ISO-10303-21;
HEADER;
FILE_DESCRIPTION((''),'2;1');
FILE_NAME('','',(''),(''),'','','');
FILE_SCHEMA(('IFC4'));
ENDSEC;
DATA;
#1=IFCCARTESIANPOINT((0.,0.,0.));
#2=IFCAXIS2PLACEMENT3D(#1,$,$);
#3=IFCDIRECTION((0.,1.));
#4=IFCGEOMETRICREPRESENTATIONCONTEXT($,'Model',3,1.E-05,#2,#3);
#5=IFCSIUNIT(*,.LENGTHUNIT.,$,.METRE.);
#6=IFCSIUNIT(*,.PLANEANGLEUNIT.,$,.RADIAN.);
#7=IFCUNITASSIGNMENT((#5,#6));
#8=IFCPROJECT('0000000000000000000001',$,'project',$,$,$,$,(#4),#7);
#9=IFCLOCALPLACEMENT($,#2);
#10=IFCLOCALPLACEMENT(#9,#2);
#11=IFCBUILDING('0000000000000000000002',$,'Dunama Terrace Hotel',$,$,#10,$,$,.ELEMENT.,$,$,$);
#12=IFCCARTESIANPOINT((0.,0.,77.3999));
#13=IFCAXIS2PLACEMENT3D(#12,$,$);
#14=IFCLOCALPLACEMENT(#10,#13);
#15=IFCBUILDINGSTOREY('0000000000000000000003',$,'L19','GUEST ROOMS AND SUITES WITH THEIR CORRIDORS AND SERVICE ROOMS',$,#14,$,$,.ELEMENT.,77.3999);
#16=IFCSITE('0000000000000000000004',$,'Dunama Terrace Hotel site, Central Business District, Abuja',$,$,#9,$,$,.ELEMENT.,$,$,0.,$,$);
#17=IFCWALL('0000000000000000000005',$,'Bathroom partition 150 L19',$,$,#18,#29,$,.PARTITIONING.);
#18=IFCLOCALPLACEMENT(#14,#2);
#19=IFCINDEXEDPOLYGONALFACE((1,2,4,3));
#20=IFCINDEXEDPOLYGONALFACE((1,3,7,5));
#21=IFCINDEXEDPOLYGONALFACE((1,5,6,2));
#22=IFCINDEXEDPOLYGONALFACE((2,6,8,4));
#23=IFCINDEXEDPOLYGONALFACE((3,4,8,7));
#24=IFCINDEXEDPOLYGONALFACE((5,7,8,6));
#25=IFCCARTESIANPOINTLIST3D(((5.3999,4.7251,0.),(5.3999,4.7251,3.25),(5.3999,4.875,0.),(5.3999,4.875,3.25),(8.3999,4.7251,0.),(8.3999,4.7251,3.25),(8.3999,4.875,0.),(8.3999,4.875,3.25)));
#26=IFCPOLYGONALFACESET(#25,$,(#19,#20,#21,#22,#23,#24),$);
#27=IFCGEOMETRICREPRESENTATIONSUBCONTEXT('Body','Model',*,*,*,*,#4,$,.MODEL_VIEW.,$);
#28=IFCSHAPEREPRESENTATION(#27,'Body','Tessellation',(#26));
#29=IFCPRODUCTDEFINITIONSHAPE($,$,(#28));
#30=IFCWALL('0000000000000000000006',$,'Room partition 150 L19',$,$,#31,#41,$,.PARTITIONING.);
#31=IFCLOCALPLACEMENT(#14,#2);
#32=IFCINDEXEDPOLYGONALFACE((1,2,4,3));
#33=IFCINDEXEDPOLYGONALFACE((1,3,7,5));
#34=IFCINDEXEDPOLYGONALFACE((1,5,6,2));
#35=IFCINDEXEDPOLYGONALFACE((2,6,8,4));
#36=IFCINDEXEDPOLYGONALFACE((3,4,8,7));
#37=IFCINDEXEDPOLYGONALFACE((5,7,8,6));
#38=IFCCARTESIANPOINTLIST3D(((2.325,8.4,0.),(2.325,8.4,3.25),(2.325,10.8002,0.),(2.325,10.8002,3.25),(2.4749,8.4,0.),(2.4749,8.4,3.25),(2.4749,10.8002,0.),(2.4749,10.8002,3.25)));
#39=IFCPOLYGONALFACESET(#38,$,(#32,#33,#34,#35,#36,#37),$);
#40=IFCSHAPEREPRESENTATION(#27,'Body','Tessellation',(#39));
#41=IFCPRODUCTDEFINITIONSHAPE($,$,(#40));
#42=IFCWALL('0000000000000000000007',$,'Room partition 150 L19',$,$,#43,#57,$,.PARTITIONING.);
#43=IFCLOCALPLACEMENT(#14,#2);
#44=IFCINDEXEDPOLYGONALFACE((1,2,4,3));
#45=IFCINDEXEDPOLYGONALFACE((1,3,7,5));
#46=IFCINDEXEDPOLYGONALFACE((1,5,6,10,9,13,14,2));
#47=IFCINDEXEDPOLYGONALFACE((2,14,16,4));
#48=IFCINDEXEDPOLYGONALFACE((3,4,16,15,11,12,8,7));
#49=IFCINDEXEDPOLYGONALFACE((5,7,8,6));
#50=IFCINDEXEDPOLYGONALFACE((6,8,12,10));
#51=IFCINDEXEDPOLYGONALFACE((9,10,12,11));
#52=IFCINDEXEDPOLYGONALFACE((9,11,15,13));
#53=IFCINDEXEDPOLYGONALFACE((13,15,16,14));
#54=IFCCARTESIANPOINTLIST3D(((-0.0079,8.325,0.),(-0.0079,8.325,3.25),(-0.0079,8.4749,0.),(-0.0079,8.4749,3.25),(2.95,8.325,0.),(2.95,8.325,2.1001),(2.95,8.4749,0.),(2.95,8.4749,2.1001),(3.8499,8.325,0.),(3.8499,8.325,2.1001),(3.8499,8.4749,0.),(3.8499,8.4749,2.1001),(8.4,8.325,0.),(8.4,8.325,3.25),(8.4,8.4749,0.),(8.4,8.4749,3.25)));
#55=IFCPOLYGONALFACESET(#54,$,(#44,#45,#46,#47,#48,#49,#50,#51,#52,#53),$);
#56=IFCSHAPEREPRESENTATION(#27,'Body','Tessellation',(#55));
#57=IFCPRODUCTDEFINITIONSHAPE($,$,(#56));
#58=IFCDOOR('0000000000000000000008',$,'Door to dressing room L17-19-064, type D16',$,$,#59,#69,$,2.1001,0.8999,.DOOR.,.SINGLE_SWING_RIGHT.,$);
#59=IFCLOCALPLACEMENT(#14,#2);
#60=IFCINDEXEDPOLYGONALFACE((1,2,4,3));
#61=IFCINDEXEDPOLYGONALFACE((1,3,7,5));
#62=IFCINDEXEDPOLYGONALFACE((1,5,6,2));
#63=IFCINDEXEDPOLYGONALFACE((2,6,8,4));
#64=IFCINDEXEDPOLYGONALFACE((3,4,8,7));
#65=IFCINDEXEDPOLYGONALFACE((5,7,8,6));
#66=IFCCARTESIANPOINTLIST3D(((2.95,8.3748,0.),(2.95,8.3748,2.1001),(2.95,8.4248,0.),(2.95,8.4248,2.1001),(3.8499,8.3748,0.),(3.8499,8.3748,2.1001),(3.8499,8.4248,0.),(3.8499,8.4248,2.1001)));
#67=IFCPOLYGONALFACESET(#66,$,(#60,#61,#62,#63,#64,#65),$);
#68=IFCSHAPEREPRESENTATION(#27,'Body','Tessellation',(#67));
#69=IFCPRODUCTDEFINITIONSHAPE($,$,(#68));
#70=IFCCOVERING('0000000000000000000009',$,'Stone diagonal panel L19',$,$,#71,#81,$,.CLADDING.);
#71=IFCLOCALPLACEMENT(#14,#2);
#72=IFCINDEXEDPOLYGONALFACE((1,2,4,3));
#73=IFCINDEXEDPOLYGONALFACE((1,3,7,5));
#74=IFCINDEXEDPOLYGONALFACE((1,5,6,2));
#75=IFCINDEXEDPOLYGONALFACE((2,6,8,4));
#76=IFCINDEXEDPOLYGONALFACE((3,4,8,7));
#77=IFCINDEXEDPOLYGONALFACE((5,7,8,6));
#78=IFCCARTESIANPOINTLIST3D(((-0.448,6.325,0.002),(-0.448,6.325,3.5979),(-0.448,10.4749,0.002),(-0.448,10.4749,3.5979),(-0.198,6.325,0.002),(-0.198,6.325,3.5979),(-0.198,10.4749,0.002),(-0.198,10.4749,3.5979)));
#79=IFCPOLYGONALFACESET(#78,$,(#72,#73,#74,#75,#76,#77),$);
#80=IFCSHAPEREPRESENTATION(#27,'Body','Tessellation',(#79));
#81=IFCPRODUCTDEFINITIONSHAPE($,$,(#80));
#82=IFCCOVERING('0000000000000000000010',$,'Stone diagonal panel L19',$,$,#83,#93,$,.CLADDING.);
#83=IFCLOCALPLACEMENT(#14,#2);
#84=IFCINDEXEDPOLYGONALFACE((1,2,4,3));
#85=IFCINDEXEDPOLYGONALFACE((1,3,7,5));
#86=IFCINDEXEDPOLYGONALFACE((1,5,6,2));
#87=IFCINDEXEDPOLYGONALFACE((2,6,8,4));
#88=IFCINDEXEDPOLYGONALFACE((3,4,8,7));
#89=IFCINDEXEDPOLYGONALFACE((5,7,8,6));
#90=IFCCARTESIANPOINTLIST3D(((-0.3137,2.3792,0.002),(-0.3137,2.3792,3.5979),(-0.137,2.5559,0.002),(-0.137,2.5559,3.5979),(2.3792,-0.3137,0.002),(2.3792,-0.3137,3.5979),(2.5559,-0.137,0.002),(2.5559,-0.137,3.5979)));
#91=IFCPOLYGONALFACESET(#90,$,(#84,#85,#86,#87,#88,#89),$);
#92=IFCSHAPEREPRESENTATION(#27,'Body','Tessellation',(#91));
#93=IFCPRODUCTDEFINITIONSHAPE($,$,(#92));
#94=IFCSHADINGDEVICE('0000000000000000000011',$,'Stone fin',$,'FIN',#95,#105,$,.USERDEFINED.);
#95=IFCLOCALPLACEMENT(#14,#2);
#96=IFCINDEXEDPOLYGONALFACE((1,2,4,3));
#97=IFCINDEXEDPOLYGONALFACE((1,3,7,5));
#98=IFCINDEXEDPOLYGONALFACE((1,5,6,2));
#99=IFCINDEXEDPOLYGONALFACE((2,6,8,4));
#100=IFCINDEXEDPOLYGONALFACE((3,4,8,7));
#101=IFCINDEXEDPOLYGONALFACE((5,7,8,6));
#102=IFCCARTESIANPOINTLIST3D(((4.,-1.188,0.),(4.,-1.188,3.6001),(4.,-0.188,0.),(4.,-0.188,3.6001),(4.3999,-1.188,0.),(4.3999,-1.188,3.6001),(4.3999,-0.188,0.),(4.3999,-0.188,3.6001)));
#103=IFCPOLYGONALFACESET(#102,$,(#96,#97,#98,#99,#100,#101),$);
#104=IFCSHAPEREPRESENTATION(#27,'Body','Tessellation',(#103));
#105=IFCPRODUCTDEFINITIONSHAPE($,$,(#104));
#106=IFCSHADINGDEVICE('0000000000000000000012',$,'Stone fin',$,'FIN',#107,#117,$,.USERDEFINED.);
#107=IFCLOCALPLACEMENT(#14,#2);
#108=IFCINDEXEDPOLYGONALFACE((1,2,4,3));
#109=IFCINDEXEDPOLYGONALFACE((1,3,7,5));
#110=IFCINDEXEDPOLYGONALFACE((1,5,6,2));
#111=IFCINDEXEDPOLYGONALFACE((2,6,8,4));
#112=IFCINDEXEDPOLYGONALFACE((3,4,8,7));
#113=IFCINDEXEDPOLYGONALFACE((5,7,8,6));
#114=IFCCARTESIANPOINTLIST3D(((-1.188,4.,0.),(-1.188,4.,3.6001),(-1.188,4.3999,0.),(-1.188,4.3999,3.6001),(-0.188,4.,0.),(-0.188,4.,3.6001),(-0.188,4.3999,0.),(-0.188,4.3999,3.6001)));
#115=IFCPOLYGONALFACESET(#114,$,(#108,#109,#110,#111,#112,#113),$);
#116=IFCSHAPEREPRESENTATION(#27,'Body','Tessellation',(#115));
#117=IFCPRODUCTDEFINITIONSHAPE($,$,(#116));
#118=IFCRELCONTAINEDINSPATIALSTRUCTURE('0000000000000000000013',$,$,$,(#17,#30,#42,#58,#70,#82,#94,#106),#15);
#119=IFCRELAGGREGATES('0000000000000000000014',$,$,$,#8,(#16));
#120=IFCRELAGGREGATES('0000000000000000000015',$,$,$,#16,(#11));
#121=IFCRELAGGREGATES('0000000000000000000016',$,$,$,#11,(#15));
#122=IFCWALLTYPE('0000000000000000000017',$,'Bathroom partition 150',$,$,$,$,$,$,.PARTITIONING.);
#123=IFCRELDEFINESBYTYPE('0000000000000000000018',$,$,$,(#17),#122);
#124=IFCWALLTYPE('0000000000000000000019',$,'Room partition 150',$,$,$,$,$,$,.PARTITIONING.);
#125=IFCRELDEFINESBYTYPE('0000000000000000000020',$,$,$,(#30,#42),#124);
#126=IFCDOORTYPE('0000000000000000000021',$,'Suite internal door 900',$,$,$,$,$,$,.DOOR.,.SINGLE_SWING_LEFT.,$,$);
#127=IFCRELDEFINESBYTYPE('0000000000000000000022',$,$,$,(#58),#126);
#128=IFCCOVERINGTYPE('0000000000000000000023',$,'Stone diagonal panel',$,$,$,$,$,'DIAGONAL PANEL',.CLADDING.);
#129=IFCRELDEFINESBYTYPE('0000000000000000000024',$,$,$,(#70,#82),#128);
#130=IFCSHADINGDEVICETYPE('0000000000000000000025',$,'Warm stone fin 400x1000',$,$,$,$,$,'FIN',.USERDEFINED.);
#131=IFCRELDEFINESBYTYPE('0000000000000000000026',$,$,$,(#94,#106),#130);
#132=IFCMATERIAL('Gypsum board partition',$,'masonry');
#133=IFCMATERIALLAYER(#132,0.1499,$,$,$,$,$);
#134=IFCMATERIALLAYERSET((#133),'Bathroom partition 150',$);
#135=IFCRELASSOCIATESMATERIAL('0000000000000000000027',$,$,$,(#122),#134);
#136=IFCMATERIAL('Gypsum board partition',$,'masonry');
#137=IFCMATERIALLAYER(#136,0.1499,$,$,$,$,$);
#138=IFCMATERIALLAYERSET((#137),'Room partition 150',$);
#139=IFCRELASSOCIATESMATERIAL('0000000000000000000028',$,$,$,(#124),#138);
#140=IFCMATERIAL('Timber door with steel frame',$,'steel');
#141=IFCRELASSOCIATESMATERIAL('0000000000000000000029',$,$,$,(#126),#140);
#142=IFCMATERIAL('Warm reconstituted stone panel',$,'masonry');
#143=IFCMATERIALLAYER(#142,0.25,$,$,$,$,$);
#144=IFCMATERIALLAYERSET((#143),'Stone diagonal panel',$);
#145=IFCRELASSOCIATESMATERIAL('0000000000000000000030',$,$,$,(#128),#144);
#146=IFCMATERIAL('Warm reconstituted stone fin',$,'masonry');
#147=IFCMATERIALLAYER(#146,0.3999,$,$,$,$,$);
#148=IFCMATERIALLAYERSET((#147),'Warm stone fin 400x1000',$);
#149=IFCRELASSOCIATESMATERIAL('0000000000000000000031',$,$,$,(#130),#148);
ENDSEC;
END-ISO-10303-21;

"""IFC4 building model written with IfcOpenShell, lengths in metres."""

from ifc_helpers import new_model, si_unit, direction, frame, frame_2d, origin, origin_2d, place, context, subcontext, project, spatial, rectangle, extrude, material, layer, layer_set, type_object, element, fill, save


model = new_model("IFC4")

# Units and contexts
model_context = context("Model", 3, precision=1e-05, world=origin(), true_north=direction((0.0, 1.0)))
body_context = subcontext(model_context, "Body", "Model", "MODEL_VIEW")
ifc_project = project(units=[si_unit("LENGTHUNIT", "METRE"), si_unit("PLANEANGLEUNIT", "RADIAN")], contexts=[model_context])

# Site, building, storey
site_placement = place(None, origin())
site = spatial("IfcSite", under=ifc_project, at=site_placement, Name="Dunama Terrace Hotel site, Central Business District, Abuja", CompositionType="ELEMENT", RefElevation=0.0)
building_placement = place(site_placement, origin())
building = spatial("IfcBuilding", under=site, at=building_placement, Name="Dunama Terrace Hotel", CompositionType="ELEMENT")
storey_placement = place(building_placement, frame((0.0, 0.0, 77.3999)))
storey = spatial("IfcBuildingStorey", under=building, at=storey_placement, Name="L19", Description="GUEST ROOMS AND SUITES WITH THEIR CORRIDORS AND SERVICE ROOMS", CompositionType="ELEMENT", Elevation=77.3999)

# Shared definitions
ifc_material_1 = material(Name="Gypsum board partition", Category="masonry")
ifc_layer_1 = layer(ifc_material_1, 0.1499)
ifc_layer_set_1 = layer_set([ifc_layer_1], Name="Bathroom partition 150")
wall_type_1 = type_object("IfcWallType", Name="Bathroom partition 150", PredefinedType="PARTITIONING", material=ifc_layer_set_1)

# Walls
wall_1_placement = place(storey_placement, frame((5.3999, 4.8, 0.0), z_axis=(0.0, 0.0, 1.0), x_axis=(1.0, 0.0, 0.0)))
element("IfcWall", 1, at=wall_1_placement, inside=storey, type_object=wall_type_1, Name="Bathroom partition 150 L19", PredefinedType="PARTITIONING", context=body_context, shape_type="SweptSolid", body=[
    extrude(rectangle(XDim=3.0, YDim=0.1499, at=frame_2d((1.5, 0.0))), origin(), (0.0, 0.0, 1.0), 3.25),
])
ifc_material_2 = material(Name="Gypsum board partition", Category="masonry")
ifc_layer_2 = layer(ifc_material_2, 0.1499)
ifc_layer_set_2 = layer_set([ifc_layer_2], Name="Room partition 150")
wall_type_2 = type_object("IfcWallType", Name="Room partition 150", PredefinedType="PARTITIONING", material=ifc_layer_set_2)
wall_2_placement = place(storey_placement, frame((2.3999, 8.3999, 0.0), z_axis=(0.0, 0.0, 1.0), x_axis=(0.0, 1.0, 0.0)))
element("IfcWall", 2, at=wall_2_placement, inside=storey, type_object=wall_type_2, Name="Room partition 150 L19", PredefinedType="PARTITIONING", context=body_context, shape_type="SweptSolid", body=[
    extrude(rectangle(XDim=2.4001, YDim=0.1499, at=frame_2d((1.2002, 0.0))), origin(), (0.0, 0.0, 1.0), 3.25),
])

# Wall, opening, door
wall_3_placement = place(storey_placement, frame((-0.0081, 8.3999, 0.0), z_axis=(0.0, 0.0, 1.0), x_axis=(1.0, 0.0, 0.0)))
wall_3 = element("IfcWall", 3, at=wall_3_placement, inside=storey, type_object=wall_type_2, Name="Room partition 150 L19", PredefinedType="PARTITIONING", context=body_context, shape_type="SweptSolid", body=[
    extrude(rectangle(XDim=8.408, YDim=0.1499, at=frame_2d((4.2041, 0.0))), origin(), (0.0, 0.0, 1.0), 3.25),
])
opening_1_placement = place(wall_3_placement, frame((2.958, 0.0, 0.0)))
opening_1 = element("IfcOpeningElement", 4, at=opening_1_placement, cuts=wall_3, PredefinedType="OPENING", context=body_context, shape_type="SweptSolid", body=[
    extrude(rectangle(XDim=0.8999, YDim=2.1001, at=frame_2d((0.45, 1.05))), frame((0.0, 0.085, 0.0), z_axis=(0.0, -1.0, 0.0), x_axis=(1.0, 0.0, 0.0)), (0.0, 0.0, 1.0), 0.1699),
])
ifc_material_3 = material(Name="Timber door with steel frame", Category="steel")
door_type_1 = type_object("IfcDoorType", Name="Suite internal door 900", OperationType="SINGLE_SWING_LEFT", PredefinedType="DOOR", material=ifc_material_3)
door_1_placement = place(opening_1_placement, origin())
door_1 = element("IfcDoor", 5, at=door_1_placement, inside=storey, type_object=door_type_1, Name="Door to dressing room L17-19-064, type D16", OperationType="SINGLE_SWING_RIGHT", OverallHeight=2.1001, OverallWidth=0.8999, PredefinedType="DOOR", context=body_context, shape_type="SweptSolid", body=[
    extrude(rectangle(XDim=0.8999, YDim=2.1001, at=frame_2d((0.45, 1.05))), frame((0.0, 0.0249, 0.0), z_axis=(0.0, -1.0, 0.0), x_axis=(1.0, 0.0, 0.0)), (0.0, 0.0, 1.0), 0.05),
])
fill(opening_1, door_1)

# Coverings
ifc_material_4 = material(Name="Warm reconstituted stone panel", Category="masonry")
ifc_layer_3 = layer(ifc_material_4, 0.25)
ifc_layer_set_3 = layer_set([ifc_layer_3], Name="Stone diagonal panel")
covering_type = type_object("IfcCoveringType", Name="Stone diagonal panel", ElementType="DIAGONAL PANEL", PredefinedType="CLADDING", material=ifc_layer_set_3)
covering_1_placement = place(storey_placement, frame((-0.323, 8.3999, 0.002), z_axis=(0.0, 0.0, 1.0), x_axis=(0.0, -1.0, 0.0)))
element("IfcCovering", 6, at=covering_1_placement, inside=storey, type_object=covering_type, Name="Stone diagonal panel L19", PredefinedType="CLADDING", context=body_context, shape_type="SweptSolid", body=[
    extrude(rectangle(XDim=4.1499, YDim=0.25, at=origin_2d()), origin(), (0.0, 0.0, 1.0), 3.5959),
])
covering_2_placement = place(storey_placement, frame((1.1211, 1.1211, 0.002), z_axis=(0.0, 0.0, 1.0), x_axis=(0.707107, -0.707107, 0.0)))
element("IfcCovering", 7, at=covering_2_placement, inside=storey, type_object=covering_type, Name="Stone diagonal panel L19", PredefinedType="CLADDING", context=body_context, shape_type="SweptSolid", body=[
    extrude(rectangle(XDim=3.8083, YDim=0.25, at=origin_2d()), origin(), (0.0, 0.0, 1.0), 3.5959),
])

# Shading devices
ifc_material_5 = material(Name="Warm reconstituted stone fin", Category="masonry")
ifc_layer_4 = layer(ifc_material_5, 0.3999)
ifc_layer_set_4 = layer_set([ifc_layer_4], Name="Warm stone fin 400x1000")
shading_device_type = type_object("IfcShadingDeviceType", Name="Warm stone fin 400x1000", ElementType="FIN", PredefinedType="USERDEFINED", material=ifc_layer_set_4)
for number, where, z_axis, x_axis, name in (
    (8, (4.2, -0.688, 0.0), (0.0, 0.0, 1.0), (1.0, 0.0, 0.0), "Stone fin"),
    (9, (-0.688, 4.2, 0.0), (0.0, 0.0, 1.0), (0.0, -1.0, 0.0), "Stone fin"),
):
    element("IfcShadingDevice", number, at=place(storey_placement, frame(where, z_axis=z_axis, x_axis=x_axis)), inside=storey, type_object=shading_device_type, Name=name, ObjectType="FIN", PredefinedType="USERDEFINED", context=body_context, shape_type="SweptSolid", body=[
        extrude(rectangle(XDim=0.3999, YDim=1.0, at=origin_2d()), origin(), (0.0, 0.0, 1.0), 3.6001),
    ])

save(model, "model.ifc")
